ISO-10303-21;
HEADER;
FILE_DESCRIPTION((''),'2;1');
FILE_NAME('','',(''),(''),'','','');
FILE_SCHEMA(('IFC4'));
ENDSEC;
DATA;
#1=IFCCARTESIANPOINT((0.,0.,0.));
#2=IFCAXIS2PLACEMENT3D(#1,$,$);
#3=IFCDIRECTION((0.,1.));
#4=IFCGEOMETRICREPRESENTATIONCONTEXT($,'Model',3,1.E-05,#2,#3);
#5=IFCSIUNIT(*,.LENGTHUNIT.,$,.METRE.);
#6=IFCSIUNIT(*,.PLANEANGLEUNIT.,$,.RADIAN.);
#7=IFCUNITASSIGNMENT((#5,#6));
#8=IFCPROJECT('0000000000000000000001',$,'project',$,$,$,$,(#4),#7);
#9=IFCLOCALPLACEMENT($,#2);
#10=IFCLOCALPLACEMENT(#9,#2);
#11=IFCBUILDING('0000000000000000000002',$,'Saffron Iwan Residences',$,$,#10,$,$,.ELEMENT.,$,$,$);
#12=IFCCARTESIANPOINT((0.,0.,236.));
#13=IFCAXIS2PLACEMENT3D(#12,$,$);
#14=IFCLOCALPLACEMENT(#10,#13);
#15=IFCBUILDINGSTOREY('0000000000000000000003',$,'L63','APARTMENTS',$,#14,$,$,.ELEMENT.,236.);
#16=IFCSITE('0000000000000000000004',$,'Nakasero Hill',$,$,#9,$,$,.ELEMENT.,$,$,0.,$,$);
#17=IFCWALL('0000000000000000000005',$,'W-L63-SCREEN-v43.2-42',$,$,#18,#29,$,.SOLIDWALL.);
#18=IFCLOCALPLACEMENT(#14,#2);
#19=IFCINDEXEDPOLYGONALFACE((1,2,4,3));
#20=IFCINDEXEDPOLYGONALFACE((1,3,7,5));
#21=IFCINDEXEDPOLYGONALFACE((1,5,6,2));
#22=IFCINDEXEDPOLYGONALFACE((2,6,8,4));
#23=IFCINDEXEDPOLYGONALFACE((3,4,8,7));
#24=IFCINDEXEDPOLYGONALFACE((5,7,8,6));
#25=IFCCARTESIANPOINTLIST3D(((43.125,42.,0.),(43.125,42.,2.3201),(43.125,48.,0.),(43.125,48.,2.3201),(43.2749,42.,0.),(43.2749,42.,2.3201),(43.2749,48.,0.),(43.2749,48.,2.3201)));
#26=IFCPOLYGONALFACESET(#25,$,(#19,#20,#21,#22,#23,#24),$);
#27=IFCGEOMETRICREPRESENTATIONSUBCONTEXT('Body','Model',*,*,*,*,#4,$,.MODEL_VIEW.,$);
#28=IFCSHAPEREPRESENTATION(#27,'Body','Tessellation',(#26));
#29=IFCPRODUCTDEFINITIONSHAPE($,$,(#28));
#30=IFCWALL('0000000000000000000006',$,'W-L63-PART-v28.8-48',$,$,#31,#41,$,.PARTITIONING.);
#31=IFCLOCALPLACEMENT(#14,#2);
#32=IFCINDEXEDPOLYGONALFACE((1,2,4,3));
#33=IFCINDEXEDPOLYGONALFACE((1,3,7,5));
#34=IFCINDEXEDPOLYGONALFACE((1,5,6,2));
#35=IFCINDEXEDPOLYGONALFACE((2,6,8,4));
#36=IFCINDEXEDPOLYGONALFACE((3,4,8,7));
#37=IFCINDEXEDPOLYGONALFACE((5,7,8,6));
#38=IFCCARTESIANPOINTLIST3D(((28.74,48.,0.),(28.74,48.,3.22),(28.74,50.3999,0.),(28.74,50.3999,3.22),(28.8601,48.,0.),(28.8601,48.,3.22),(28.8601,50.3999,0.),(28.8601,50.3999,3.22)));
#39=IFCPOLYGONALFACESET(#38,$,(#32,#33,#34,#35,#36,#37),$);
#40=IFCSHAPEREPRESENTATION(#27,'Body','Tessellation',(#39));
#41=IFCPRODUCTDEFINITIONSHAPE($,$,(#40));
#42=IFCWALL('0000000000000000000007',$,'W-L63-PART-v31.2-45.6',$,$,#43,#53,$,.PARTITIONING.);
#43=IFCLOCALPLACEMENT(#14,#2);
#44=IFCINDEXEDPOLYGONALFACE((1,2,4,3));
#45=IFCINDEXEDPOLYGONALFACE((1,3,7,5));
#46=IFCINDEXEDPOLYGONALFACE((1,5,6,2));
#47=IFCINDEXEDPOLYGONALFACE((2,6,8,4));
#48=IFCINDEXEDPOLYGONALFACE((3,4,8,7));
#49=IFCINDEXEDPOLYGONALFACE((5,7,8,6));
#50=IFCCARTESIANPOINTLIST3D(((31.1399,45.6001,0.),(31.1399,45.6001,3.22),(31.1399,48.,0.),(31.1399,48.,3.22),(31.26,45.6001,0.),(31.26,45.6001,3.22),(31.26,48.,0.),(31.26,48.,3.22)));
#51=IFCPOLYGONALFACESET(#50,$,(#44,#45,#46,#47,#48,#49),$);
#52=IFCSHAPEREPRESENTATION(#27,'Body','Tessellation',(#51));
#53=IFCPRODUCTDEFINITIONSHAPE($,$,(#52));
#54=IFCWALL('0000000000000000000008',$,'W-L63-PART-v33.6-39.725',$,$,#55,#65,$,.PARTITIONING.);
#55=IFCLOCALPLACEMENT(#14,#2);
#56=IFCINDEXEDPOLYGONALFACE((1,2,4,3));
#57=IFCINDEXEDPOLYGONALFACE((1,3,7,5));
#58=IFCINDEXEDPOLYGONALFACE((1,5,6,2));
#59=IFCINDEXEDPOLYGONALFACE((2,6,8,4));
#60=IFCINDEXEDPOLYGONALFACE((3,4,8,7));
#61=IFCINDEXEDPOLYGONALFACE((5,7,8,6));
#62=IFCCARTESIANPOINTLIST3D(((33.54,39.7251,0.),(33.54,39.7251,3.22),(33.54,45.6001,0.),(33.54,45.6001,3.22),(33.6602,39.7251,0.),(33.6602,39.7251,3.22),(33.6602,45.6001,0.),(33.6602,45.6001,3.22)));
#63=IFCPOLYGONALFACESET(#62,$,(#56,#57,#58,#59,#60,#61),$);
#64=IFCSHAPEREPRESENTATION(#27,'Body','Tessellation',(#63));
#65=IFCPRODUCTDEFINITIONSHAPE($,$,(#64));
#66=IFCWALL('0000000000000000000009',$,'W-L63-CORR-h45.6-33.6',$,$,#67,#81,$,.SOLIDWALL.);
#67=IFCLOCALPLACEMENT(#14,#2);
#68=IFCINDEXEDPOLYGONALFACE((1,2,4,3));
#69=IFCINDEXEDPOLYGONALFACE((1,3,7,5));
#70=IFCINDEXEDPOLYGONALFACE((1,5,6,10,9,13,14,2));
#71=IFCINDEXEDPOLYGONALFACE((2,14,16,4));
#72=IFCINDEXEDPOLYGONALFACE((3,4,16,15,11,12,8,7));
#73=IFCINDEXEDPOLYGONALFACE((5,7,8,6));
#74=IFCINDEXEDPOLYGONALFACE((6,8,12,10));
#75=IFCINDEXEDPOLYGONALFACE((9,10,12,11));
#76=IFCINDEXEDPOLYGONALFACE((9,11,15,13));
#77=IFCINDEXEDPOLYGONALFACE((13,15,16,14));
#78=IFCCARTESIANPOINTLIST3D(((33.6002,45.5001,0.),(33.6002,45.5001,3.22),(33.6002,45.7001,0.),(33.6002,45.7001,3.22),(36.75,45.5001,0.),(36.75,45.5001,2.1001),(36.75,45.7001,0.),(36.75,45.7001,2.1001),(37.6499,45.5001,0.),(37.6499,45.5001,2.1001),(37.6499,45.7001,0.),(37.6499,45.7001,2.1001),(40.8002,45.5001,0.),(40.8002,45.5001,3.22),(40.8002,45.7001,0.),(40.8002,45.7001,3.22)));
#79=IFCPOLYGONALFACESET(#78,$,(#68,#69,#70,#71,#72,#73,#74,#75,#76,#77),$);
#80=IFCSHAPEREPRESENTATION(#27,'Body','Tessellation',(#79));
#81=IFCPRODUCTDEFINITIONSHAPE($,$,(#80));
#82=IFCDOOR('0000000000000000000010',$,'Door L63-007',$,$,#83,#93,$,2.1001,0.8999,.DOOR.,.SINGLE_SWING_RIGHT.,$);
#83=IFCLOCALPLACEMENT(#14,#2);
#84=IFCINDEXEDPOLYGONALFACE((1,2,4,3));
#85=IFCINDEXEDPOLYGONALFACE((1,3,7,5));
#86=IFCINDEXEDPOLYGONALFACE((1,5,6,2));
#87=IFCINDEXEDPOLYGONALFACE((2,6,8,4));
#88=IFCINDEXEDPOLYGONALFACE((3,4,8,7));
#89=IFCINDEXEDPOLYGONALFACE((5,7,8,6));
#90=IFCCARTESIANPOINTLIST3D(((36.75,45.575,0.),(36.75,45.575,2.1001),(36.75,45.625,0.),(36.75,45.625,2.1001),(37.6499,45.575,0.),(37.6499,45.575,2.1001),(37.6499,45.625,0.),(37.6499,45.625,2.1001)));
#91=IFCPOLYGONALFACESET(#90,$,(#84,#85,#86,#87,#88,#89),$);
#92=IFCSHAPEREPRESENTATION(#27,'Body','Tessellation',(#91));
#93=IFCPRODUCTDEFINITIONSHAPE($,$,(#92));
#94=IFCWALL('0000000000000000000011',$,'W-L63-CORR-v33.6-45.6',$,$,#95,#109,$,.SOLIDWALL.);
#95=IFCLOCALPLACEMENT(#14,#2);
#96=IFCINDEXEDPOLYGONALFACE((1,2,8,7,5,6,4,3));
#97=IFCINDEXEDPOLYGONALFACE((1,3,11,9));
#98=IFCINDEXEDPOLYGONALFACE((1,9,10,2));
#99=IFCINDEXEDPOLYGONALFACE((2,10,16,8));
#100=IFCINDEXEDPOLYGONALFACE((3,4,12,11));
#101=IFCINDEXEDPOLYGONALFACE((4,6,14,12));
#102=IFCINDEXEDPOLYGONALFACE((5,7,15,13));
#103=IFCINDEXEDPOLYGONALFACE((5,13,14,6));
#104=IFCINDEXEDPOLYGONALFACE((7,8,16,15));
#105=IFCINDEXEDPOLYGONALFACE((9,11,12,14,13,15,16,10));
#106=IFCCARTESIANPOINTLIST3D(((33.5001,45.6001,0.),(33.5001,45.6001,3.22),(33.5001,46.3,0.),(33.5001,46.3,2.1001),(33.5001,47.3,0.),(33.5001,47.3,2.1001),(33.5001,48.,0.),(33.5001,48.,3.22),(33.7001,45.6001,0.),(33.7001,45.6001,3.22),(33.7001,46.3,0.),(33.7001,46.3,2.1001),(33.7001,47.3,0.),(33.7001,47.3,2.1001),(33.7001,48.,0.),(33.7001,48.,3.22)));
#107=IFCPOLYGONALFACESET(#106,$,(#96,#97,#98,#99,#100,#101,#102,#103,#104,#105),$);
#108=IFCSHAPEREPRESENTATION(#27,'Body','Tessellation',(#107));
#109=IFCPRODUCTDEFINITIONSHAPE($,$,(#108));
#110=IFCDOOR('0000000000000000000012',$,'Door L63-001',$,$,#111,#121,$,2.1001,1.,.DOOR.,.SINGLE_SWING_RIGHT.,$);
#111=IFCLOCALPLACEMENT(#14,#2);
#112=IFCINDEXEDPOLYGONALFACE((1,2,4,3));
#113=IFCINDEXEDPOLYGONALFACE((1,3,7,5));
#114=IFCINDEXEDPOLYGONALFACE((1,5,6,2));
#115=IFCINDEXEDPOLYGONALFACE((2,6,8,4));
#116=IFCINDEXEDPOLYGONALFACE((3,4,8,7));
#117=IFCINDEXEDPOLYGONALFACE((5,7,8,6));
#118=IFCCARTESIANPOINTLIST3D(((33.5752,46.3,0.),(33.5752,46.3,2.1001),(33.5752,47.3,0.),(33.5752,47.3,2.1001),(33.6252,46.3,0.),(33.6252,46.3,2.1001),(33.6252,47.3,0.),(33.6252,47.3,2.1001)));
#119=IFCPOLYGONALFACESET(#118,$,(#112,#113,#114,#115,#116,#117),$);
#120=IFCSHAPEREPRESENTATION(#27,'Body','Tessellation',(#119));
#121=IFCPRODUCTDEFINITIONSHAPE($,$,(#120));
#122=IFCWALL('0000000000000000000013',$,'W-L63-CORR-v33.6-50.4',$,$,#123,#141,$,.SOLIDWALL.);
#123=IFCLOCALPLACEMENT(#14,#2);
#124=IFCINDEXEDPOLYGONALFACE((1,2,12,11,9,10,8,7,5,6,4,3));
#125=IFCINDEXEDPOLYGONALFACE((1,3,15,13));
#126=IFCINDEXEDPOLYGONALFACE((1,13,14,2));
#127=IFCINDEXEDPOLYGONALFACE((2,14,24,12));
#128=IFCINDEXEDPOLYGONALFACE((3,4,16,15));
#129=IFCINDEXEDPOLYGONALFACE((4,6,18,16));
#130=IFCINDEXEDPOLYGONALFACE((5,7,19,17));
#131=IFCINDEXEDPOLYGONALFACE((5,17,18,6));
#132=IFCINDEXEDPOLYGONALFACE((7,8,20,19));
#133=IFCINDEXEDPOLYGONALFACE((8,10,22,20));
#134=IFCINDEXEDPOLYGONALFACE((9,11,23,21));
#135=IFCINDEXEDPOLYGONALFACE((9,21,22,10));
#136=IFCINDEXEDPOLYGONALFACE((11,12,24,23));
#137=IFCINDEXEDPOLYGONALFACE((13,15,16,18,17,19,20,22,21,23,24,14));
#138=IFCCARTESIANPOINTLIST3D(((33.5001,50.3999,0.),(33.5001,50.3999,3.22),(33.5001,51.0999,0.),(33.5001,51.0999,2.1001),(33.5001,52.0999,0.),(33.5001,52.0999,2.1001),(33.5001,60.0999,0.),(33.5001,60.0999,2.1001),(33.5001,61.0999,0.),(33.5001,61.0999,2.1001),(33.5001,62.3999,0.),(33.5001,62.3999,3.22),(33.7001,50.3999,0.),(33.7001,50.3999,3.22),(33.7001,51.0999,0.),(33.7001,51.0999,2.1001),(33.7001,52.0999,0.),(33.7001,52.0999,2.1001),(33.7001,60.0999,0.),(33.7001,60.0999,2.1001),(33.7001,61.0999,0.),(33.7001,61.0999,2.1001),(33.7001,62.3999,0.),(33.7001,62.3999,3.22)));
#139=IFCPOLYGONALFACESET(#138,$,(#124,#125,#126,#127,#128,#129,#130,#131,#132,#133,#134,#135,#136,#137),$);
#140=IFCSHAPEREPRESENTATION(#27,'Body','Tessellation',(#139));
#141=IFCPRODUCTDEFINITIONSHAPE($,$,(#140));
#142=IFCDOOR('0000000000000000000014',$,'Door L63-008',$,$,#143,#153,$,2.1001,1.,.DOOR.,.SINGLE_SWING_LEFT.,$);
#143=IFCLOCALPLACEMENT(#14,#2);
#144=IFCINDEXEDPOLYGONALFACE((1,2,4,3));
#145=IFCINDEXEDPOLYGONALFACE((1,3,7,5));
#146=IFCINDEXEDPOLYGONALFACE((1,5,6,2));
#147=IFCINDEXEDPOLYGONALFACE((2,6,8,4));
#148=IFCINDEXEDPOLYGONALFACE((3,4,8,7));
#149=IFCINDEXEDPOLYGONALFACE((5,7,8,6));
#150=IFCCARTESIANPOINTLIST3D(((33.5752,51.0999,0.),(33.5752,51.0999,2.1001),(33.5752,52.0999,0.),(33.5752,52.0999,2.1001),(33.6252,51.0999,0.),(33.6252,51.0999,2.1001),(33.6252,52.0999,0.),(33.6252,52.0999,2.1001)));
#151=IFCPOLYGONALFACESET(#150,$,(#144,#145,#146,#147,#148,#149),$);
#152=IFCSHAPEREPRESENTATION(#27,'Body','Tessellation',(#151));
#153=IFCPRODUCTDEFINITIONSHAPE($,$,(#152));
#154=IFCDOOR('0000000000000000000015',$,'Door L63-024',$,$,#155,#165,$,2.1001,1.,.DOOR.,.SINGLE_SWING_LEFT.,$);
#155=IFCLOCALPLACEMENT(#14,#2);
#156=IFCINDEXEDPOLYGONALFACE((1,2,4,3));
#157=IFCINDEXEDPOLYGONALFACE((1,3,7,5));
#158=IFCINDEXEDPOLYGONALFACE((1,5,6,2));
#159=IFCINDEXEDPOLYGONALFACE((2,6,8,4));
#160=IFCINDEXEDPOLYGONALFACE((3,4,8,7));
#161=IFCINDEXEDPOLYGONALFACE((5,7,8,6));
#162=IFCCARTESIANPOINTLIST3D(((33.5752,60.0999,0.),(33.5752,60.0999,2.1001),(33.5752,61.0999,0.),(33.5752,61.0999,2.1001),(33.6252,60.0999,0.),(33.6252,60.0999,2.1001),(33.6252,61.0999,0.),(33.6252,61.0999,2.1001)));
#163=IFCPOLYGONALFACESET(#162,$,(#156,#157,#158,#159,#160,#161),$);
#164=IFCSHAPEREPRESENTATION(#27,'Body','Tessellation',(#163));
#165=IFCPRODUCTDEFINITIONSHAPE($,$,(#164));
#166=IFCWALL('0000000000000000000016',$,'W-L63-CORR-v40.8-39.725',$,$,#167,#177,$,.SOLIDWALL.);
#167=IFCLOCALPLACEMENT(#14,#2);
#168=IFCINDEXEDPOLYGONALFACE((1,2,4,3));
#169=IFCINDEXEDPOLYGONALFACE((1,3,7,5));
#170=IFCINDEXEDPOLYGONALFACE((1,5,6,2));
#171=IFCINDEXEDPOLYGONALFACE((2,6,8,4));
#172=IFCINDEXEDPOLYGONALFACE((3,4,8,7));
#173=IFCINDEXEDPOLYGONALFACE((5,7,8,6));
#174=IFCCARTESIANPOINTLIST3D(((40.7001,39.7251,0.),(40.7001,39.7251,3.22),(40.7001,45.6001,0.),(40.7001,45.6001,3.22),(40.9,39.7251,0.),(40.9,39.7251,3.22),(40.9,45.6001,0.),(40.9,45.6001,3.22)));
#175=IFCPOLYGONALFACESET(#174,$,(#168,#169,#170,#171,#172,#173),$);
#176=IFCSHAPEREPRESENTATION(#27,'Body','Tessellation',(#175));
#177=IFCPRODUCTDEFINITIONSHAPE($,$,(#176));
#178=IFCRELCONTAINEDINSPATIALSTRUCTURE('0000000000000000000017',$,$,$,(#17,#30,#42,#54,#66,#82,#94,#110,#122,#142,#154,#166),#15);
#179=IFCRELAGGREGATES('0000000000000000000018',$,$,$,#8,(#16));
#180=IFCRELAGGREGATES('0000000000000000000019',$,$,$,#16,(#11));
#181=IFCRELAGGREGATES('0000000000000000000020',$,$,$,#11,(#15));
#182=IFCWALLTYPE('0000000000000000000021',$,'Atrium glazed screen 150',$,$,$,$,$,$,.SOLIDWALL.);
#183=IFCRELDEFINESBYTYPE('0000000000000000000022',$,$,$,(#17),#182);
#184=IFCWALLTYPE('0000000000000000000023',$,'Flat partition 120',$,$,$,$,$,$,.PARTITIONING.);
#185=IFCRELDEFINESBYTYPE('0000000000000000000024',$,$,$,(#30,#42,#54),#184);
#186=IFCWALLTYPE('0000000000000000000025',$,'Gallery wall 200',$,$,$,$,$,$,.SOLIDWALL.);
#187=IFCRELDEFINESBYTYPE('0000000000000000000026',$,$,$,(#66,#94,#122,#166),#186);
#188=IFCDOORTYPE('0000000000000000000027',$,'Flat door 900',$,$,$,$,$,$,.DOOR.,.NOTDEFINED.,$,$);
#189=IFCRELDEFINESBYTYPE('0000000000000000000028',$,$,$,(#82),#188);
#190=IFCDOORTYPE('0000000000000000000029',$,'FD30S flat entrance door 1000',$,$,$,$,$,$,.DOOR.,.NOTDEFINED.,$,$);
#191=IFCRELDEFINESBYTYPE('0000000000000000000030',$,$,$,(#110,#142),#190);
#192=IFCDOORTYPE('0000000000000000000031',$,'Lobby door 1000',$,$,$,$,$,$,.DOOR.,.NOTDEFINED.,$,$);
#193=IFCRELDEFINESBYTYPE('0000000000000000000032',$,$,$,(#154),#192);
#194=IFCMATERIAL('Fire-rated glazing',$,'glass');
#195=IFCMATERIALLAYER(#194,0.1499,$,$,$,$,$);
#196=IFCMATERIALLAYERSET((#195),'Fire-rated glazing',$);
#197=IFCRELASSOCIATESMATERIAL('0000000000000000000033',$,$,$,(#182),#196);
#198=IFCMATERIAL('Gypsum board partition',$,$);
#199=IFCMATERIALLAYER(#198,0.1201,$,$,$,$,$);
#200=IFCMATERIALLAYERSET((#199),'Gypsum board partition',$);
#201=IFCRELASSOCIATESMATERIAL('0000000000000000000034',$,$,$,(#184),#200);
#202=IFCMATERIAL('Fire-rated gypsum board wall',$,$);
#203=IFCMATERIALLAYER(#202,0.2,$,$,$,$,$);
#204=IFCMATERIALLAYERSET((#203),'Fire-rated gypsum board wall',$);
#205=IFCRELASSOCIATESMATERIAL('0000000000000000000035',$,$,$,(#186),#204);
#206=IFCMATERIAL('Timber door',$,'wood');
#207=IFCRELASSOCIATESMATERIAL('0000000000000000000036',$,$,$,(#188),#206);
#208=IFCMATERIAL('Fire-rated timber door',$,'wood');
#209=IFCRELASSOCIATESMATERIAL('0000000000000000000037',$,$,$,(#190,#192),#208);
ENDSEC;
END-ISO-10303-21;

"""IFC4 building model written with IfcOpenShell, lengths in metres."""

from ifc_helpers import new_model, si_unit, direction, frame, frame_2d, origin, place, context, subcontext, project, spatial, rectangle, extrude, material, layer, layer_set, type_object, element, fill, save


model = new_model("IFC4")

# Units and contexts
model_context = context("Model", 3, precision=1e-05, world=origin(), true_north=direction((0.0, 1.0)))
body_context = subcontext(model_context, "Body", "Model", "MODEL_VIEW")
ifc_project = project(units=[si_unit("LENGTHUNIT", "METRE"), si_unit("PLANEANGLEUNIT", "RADIAN")], contexts=[model_context])

# Site, building, storey
site_placement = place(None, origin())
site = spatial("IfcSite", under=ifc_project, at=site_placement, Name="Nakasero Hill", CompositionType="ELEMENT", RefElevation=0.0)
building_placement = place(site_placement, origin())
building = spatial("IfcBuilding", under=site, at=building_placement, Name="Saffron Iwan Residences", CompositionType="ELEMENT")
storey_placement = place(building_placement, frame((0.0, 0.0, 236.0)))
storey = spatial("IfcBuildingStorey", under=building, at=storey_placement, Name="L63", Description="APARTMENTS", CompositionType="ELEMENT", Elevation=236.0)

# Walls
ifc_material_1 = material(Name="Fire-rated glazing", Category="glass")
ifc_layer_1 = layer(ifc_material_1, 0.1499)
ifc_layer_set_1 = layer_set([ifc_layer_1], Name="Fire-rated glazing")
wall_type_1 = type_object("IfcWallType", Name="Atrium glazed screen 150", PredefinedType="SOLIDWALL", material=ifc_layer_set_1)
wall_1_placement = place(storey_placement, frame((43.2, 42.0, 0.0), z_axis=(0.0, 0.0, 1.0), x_axis=(0.0, 1.0, 0.0)))
element("IfcWall", 1, at=wall_1_placement, inside=storey, type_object=wall_type_1, Name="W-L63-SCREEN-v43.2-42", PredefinedType="SOLIDWALL", context=body_context, shape_type="SweptSolid", body=[
    extrude(rectangle(XDim=6.0, YDim=0.1499, at=frame_2d((3.0, 0.0))), origin(), (0.0, 0.0, 1.0), 2.3201),
])
ifc_material_2 = material(Name="Gypsum board partition")
ifc_layer_2 = layer(ifc_material_2, 0.1201)
ifc_layer_set_2 = layer_set([ifc_layer_2], Name="Gypsum board partition")
wall_type_2 = type_object("IfcWallType", Name="Flat partition 120", PredefinedType="PARTITIONING", material=ifc_layer_set_2)
for number, where, z_axis, x_axis, name in (
    (2, (28.8, 48.0, 0.0), (0.0, 0.0, 1.0), (0.0, 1.0, 0.0), "W-L63-PART-v28.8-48"),
    (3, (31.2, 45.6001, 0.0), (0.0, 0.0, 1.0), (0.0, 1.0, 0.0), "W-L63-PART-v31.2-45.6"),
):
    element("IfcWall", number, at=place(storey_placement, frame(where, z_axis=z_axis, x_axis=x_axis)), inside=storey, type_object=wall_type_2, Name=name, PredefinedType="PARTITIONING", context=body_context, shape_type="SweptSolid", body=[
        extrude(rectangle(XDim=2.3999, YDim=0.1201, at=frame_2d((1.2, 0.0))), origin(), (0.0, 0.0, 1.0), 3.22),
    ])
wall_2_placement = place(storey_placement, frame((33.6001, 39.7251, 0.0), z_axis=(0.0, 0.0, 1.0), x_axis=(0.0, 1.0, 0.0)))
element("IfcWall", 4, at=wall_2_placement, inside=storey, type_object=wall_type_2, Name="W-L63-PART-v33.6-39.725", PredefinedType="PARTITIONING", context=body_context, shape_type="SweptSolid", body=[
    extrude(rectangle(XDim=5.875, YDim=0.1201, at=frame_2d((2.9375, 0.0))), origin(), (0.0, 0.0, 1.0), 3.22),
])

# Walls, openings, doors
ifc_material_3 = material(Name="Fire-rated gypsum board wall")
ifc_layer_3 = layer(ifc_material_3, 0.2)
ifc_layer_set_3 = layer_set([ifc_layer_3], Name="Fire-rated gypsum board wall")
wall_type_3 = type_object("IfcWallType", Name="Gallery wall 200", PredefinedType="SOLIDWALL", material=ifc_layer_set_3)
wall_3_placement = place(storey_placement, frame((33.6001, 45.6001, 0.0), z_axis=(0.0, 0.0, 1.0), x_axis=(1.0, 0.0, 0.0)))
wall_3 = element("IfcWall", 5, at=wall_3_placement, inside=storey, type_object=wall_type_3, Name="W-L63-CORR-h45.6-33.6", PredefinedType="SOLIDWALL", context=body_context, shape_type="SweptSolid", body=[
    extrude(rectangle(XDim=7.2, YDim=0.2, at=frame_2d((3.6001, 0.0))), origin(), (0.0, 0.0, 1.0), 3.22),
])
opening_1_placement = place(wall_3_placement, frame((3.1499, 0.0, 0.0)))
opening_1 = element("IfcOpeningElement", 6, at=opening_1_placement, cuts=wall_3, PredefinedType="OPENING", context=body_context, shape_type="SweptSolid", body=[
    extrude(rectangle(XDim=0.8999, YDim=2.1001, at=frame_2d((0.45, 1.05))), frame((0.0, 0.1099, 0.0), z_axis=(0.0, -1.0, 0.0), x_axis=(1.0, 0.0, 0.0)), (0.0, 0.0, 1.0), 0.22),
])
ifc_material_4 = material(Name="Timber door", Category="wood")
door_type_1 = type_object("IfcDoorType", Name="Flat door 900", OperationType="NOTDEFINED", PredefinedType="DOOR", material=ifc_material_4)
door_1_placement = place(opening_1_placement, origin())
door_1 = element("IfcDoor", 7, at=door_1_placement, inside=storey, type_object=door_type_1, Name="Door L63-007", OperationType="SINGLE_SWING_RIGHT", OverallHeight=2.1001, OverallWidth=0.8999, PredefinedType="DOOR", context=body_context, shape_type="SweptSolid", body=[
    extrude(rectangle(XDim=0.8999, YDim=2.1001, at=frame_2d((0.45, 1.05))), frame((0.0, 0.0249, 0.0), z_axis=(0.0, -1.0, 0.0), x_axis=(1.0, 0.0, 0.0)), (0.0, 0.0, 1.0), 0.05),
])
fill(opening_1, door_1)
wall_4_placement = place(storey_placement, frame((33.6001, 45.6001, 0.0), z_axis=(0.0, 0.0, 1.0), x_axis=(0.0, 1.0, 0.0)))
wall_4 = element("IfcWall", 8, at=wall_4_placement, inside=storey, type_object=wall_type_3, Name="W-L63-CORR-v33.6-45.6", PredefinedType="SOLIDWALL", context=body_context, shape_type="SweptSolid", body=[
    extrude(rectangle(XDim=2.3999, YDim=0.2, at=frame_2d((1.2, 0.0))), origin(), (0.0, 0.0, 1.0), 3.22),
])
opening_2_placement = place(wall_4_placement, frame((0.7, 0.0, 0.0)))
opening_2 = element("IfcOpeningElement", 9, at=opening_2_placement, cuts=wall_4, PredefinedType="OPENING", context=body_context, shape_type="SweptSolid", body=[
    extrude(rectangle(XDim=1.0, YDim=2.1001, at=frame_2d((0.5, 1.05))), frame((0.0, 0.1099, 0.0), z_axis=(0.0, -1.0, 0.0), x_axis=(1.0, 0.0, 0.0)), (0.0, 0.0, 1.0), 0.22),
])
ifc_material_5 = material(Name="Fire-rated timber door", Category="wood")
door_type_2 = type_object("IfcDoorType", Name="FD30S flat entrance door 1000", OperationType="NOTDEFINED", PredefinedType="DOOR", material=ifc_material_5)
door_2_placement = place(opening_2_placement, origin())
door_2 = element("IfcDoor", 10, at=door_2_placement, inside=storey, type_object=door_type_2, Name="Door L63-001", OperationType="SINGLE_SWING_RIGHT", OverallHeight=2.1001, OverallWidth=1.0, PredefinedType="DOOR", context=body_context, shape_type="SweptSolid", body=[
    extrude(rectangle(XDim=1.0, YDim=2.1001, at=frame_2d((0.5, 1.05))), frame((0.0, 0.0249, 0.0), z_axis=(0.0, -1.0, 0.0), x_axis=(1.0, 0.0, 0.0)), (0.0, 0.0, 1.0), 0.05),
])
fill(opening_2, door_2)

# Wall, openings, doors
wall_5_placement = place(storey_placement, frame((33.6001, 50.3999, 0.0), z_axis=(0.0, 0.0, 1.0), x_axis=(0.0, 1.0, 0.0)))
wall_5 = element("IfcWall", 11, at=wall_5_placement, inside=storey, type_object=wall_type_3, Name="W-L63-CORR-v33.6-50.4", PredefinedType="SOLIDWALL", context=body_context, shape_type="SweptSolid", body=[
    extrude(rectangle(XDim=12.0, YDim=0.2, at=frame_2d((6.0, 0.0))), origin(), (0.0, 0.0, 1.0), 3.22),
])
opening_3_placement = place(wall_5_placement, frame((0.7, 0.0, 0.0)))
opening_3 = element("IfcOpeningElement", 12, at=opening_3_placement, cuts=wall_5, PredefinedType="OPENING", context=body_context, shape_type="SweptSolid", body=[
    extrude(rectangle(XDim=1.0, YDim=2.1001, at=frame_2d((0.5, 1.05))), frame((0.0, 0.1099, 0.0), z_axis=(0.0, -1.0, 0.0), x_axis=(1.0, 0.0, 0.0)), (0.0, 0.0, 1.0), 0.22),
])
opening_4_placement = place(wall_5_placement, frame((9.7, 0.0, 0.0)))
opening_4 = element("IfcOpeningElement", 13, at=opening_4_placement, cuts=wall_5, PredefinedType="OPENING", context=body_context, shape_type="SweptSolid", body=[
    extrude(rectangle(XDim=1.0, YDim=2.1001, at=frame_2d((0.5, 1.05))), frame((0.0, 0.1099, 0.0), z_axis=(0.0, -1.0, 0.0), x_axis=(1.0, 0.0, 0.0)), (0.0, 0.0, 1.0), 0.22),
])
door_3_placement = place(opening_3_placement, origin())
door_3 = element("IfcDoor", 14, at=door_3_placement, inside=storey, type_object=door_type_2, Name="Door L63-008", OperationType="SINGLE_SWING_LEFT", OverallHeight=2.1001, OverallWidth=1.0, PredefinedType="DOOR", context=body_context, shape_type="SweptSolid", body=[
    extrude(rectangle(XDim=1.0, YDim=2.1001, at=frame_2d((0.5, 1.05))), frame((0.0, 0.0249, 0.0), z_axis=(0.0, -1.0, 0.0), x_axis=(1.0, 0.0, 0.0)), (0.0, 0.0, 1.0), 0.05),
])
fill(opening_3, door_3)
door_type_3 = type_object("IfcDoorType", Name="Lobby door 1000", OperationType="NOTDEFINED", PredefinedType="DOOR", material=ifc_material_5)
door_4_placement = place(opening_4_placement, origin())
door_4 = element("IfcDoor", 15, at=door_4_placement, inside=storey, type_object=door_type_3, Name="Door L63-024", OperationType="SINGLE_SWING_LEFT", OverallHeight=2.1001, OverallWidth=1.0, PredefinedType="DOOR", context=body_context, shape_type="SweptSolid", body=[
    extrude(rectangle(XDim=1.0, YDim=2.1001, at=frame_2d((0.5, 1.05))), frame((0.0, 0.0249, 0.0), z_axis=(0.0, -1.0, 0.0), x_axis=(1.0, 0.0, 0.0)), (0.0, 0.0, 1.0), 0.05),
])
fill(opening_4, door_4)

# Wall
wall_6_placement = place(storey_placement, frame((40.8, 39.7251, 0.0), z_axis=(0.0, 0.0, 1.0), x_axis=(0.0, 1.0, 0.0)))
element("IfcWall", 16, at=wall_6_placement, inside=storey, type_object=wall_type_3, Name="W-L63-CORR-v40.8-39.725", PredefinedType="SOLIDWALL", context=body_context, shape_type="SweptSolid", body=[
    extrude(rectangle(XDim=5.875, YDim=0.2, at=frame_2d((2.9375, 0.0))), origin(), (0.0, 0.0, 1.0), 3.22),
])

save(model, "model.ifc")
